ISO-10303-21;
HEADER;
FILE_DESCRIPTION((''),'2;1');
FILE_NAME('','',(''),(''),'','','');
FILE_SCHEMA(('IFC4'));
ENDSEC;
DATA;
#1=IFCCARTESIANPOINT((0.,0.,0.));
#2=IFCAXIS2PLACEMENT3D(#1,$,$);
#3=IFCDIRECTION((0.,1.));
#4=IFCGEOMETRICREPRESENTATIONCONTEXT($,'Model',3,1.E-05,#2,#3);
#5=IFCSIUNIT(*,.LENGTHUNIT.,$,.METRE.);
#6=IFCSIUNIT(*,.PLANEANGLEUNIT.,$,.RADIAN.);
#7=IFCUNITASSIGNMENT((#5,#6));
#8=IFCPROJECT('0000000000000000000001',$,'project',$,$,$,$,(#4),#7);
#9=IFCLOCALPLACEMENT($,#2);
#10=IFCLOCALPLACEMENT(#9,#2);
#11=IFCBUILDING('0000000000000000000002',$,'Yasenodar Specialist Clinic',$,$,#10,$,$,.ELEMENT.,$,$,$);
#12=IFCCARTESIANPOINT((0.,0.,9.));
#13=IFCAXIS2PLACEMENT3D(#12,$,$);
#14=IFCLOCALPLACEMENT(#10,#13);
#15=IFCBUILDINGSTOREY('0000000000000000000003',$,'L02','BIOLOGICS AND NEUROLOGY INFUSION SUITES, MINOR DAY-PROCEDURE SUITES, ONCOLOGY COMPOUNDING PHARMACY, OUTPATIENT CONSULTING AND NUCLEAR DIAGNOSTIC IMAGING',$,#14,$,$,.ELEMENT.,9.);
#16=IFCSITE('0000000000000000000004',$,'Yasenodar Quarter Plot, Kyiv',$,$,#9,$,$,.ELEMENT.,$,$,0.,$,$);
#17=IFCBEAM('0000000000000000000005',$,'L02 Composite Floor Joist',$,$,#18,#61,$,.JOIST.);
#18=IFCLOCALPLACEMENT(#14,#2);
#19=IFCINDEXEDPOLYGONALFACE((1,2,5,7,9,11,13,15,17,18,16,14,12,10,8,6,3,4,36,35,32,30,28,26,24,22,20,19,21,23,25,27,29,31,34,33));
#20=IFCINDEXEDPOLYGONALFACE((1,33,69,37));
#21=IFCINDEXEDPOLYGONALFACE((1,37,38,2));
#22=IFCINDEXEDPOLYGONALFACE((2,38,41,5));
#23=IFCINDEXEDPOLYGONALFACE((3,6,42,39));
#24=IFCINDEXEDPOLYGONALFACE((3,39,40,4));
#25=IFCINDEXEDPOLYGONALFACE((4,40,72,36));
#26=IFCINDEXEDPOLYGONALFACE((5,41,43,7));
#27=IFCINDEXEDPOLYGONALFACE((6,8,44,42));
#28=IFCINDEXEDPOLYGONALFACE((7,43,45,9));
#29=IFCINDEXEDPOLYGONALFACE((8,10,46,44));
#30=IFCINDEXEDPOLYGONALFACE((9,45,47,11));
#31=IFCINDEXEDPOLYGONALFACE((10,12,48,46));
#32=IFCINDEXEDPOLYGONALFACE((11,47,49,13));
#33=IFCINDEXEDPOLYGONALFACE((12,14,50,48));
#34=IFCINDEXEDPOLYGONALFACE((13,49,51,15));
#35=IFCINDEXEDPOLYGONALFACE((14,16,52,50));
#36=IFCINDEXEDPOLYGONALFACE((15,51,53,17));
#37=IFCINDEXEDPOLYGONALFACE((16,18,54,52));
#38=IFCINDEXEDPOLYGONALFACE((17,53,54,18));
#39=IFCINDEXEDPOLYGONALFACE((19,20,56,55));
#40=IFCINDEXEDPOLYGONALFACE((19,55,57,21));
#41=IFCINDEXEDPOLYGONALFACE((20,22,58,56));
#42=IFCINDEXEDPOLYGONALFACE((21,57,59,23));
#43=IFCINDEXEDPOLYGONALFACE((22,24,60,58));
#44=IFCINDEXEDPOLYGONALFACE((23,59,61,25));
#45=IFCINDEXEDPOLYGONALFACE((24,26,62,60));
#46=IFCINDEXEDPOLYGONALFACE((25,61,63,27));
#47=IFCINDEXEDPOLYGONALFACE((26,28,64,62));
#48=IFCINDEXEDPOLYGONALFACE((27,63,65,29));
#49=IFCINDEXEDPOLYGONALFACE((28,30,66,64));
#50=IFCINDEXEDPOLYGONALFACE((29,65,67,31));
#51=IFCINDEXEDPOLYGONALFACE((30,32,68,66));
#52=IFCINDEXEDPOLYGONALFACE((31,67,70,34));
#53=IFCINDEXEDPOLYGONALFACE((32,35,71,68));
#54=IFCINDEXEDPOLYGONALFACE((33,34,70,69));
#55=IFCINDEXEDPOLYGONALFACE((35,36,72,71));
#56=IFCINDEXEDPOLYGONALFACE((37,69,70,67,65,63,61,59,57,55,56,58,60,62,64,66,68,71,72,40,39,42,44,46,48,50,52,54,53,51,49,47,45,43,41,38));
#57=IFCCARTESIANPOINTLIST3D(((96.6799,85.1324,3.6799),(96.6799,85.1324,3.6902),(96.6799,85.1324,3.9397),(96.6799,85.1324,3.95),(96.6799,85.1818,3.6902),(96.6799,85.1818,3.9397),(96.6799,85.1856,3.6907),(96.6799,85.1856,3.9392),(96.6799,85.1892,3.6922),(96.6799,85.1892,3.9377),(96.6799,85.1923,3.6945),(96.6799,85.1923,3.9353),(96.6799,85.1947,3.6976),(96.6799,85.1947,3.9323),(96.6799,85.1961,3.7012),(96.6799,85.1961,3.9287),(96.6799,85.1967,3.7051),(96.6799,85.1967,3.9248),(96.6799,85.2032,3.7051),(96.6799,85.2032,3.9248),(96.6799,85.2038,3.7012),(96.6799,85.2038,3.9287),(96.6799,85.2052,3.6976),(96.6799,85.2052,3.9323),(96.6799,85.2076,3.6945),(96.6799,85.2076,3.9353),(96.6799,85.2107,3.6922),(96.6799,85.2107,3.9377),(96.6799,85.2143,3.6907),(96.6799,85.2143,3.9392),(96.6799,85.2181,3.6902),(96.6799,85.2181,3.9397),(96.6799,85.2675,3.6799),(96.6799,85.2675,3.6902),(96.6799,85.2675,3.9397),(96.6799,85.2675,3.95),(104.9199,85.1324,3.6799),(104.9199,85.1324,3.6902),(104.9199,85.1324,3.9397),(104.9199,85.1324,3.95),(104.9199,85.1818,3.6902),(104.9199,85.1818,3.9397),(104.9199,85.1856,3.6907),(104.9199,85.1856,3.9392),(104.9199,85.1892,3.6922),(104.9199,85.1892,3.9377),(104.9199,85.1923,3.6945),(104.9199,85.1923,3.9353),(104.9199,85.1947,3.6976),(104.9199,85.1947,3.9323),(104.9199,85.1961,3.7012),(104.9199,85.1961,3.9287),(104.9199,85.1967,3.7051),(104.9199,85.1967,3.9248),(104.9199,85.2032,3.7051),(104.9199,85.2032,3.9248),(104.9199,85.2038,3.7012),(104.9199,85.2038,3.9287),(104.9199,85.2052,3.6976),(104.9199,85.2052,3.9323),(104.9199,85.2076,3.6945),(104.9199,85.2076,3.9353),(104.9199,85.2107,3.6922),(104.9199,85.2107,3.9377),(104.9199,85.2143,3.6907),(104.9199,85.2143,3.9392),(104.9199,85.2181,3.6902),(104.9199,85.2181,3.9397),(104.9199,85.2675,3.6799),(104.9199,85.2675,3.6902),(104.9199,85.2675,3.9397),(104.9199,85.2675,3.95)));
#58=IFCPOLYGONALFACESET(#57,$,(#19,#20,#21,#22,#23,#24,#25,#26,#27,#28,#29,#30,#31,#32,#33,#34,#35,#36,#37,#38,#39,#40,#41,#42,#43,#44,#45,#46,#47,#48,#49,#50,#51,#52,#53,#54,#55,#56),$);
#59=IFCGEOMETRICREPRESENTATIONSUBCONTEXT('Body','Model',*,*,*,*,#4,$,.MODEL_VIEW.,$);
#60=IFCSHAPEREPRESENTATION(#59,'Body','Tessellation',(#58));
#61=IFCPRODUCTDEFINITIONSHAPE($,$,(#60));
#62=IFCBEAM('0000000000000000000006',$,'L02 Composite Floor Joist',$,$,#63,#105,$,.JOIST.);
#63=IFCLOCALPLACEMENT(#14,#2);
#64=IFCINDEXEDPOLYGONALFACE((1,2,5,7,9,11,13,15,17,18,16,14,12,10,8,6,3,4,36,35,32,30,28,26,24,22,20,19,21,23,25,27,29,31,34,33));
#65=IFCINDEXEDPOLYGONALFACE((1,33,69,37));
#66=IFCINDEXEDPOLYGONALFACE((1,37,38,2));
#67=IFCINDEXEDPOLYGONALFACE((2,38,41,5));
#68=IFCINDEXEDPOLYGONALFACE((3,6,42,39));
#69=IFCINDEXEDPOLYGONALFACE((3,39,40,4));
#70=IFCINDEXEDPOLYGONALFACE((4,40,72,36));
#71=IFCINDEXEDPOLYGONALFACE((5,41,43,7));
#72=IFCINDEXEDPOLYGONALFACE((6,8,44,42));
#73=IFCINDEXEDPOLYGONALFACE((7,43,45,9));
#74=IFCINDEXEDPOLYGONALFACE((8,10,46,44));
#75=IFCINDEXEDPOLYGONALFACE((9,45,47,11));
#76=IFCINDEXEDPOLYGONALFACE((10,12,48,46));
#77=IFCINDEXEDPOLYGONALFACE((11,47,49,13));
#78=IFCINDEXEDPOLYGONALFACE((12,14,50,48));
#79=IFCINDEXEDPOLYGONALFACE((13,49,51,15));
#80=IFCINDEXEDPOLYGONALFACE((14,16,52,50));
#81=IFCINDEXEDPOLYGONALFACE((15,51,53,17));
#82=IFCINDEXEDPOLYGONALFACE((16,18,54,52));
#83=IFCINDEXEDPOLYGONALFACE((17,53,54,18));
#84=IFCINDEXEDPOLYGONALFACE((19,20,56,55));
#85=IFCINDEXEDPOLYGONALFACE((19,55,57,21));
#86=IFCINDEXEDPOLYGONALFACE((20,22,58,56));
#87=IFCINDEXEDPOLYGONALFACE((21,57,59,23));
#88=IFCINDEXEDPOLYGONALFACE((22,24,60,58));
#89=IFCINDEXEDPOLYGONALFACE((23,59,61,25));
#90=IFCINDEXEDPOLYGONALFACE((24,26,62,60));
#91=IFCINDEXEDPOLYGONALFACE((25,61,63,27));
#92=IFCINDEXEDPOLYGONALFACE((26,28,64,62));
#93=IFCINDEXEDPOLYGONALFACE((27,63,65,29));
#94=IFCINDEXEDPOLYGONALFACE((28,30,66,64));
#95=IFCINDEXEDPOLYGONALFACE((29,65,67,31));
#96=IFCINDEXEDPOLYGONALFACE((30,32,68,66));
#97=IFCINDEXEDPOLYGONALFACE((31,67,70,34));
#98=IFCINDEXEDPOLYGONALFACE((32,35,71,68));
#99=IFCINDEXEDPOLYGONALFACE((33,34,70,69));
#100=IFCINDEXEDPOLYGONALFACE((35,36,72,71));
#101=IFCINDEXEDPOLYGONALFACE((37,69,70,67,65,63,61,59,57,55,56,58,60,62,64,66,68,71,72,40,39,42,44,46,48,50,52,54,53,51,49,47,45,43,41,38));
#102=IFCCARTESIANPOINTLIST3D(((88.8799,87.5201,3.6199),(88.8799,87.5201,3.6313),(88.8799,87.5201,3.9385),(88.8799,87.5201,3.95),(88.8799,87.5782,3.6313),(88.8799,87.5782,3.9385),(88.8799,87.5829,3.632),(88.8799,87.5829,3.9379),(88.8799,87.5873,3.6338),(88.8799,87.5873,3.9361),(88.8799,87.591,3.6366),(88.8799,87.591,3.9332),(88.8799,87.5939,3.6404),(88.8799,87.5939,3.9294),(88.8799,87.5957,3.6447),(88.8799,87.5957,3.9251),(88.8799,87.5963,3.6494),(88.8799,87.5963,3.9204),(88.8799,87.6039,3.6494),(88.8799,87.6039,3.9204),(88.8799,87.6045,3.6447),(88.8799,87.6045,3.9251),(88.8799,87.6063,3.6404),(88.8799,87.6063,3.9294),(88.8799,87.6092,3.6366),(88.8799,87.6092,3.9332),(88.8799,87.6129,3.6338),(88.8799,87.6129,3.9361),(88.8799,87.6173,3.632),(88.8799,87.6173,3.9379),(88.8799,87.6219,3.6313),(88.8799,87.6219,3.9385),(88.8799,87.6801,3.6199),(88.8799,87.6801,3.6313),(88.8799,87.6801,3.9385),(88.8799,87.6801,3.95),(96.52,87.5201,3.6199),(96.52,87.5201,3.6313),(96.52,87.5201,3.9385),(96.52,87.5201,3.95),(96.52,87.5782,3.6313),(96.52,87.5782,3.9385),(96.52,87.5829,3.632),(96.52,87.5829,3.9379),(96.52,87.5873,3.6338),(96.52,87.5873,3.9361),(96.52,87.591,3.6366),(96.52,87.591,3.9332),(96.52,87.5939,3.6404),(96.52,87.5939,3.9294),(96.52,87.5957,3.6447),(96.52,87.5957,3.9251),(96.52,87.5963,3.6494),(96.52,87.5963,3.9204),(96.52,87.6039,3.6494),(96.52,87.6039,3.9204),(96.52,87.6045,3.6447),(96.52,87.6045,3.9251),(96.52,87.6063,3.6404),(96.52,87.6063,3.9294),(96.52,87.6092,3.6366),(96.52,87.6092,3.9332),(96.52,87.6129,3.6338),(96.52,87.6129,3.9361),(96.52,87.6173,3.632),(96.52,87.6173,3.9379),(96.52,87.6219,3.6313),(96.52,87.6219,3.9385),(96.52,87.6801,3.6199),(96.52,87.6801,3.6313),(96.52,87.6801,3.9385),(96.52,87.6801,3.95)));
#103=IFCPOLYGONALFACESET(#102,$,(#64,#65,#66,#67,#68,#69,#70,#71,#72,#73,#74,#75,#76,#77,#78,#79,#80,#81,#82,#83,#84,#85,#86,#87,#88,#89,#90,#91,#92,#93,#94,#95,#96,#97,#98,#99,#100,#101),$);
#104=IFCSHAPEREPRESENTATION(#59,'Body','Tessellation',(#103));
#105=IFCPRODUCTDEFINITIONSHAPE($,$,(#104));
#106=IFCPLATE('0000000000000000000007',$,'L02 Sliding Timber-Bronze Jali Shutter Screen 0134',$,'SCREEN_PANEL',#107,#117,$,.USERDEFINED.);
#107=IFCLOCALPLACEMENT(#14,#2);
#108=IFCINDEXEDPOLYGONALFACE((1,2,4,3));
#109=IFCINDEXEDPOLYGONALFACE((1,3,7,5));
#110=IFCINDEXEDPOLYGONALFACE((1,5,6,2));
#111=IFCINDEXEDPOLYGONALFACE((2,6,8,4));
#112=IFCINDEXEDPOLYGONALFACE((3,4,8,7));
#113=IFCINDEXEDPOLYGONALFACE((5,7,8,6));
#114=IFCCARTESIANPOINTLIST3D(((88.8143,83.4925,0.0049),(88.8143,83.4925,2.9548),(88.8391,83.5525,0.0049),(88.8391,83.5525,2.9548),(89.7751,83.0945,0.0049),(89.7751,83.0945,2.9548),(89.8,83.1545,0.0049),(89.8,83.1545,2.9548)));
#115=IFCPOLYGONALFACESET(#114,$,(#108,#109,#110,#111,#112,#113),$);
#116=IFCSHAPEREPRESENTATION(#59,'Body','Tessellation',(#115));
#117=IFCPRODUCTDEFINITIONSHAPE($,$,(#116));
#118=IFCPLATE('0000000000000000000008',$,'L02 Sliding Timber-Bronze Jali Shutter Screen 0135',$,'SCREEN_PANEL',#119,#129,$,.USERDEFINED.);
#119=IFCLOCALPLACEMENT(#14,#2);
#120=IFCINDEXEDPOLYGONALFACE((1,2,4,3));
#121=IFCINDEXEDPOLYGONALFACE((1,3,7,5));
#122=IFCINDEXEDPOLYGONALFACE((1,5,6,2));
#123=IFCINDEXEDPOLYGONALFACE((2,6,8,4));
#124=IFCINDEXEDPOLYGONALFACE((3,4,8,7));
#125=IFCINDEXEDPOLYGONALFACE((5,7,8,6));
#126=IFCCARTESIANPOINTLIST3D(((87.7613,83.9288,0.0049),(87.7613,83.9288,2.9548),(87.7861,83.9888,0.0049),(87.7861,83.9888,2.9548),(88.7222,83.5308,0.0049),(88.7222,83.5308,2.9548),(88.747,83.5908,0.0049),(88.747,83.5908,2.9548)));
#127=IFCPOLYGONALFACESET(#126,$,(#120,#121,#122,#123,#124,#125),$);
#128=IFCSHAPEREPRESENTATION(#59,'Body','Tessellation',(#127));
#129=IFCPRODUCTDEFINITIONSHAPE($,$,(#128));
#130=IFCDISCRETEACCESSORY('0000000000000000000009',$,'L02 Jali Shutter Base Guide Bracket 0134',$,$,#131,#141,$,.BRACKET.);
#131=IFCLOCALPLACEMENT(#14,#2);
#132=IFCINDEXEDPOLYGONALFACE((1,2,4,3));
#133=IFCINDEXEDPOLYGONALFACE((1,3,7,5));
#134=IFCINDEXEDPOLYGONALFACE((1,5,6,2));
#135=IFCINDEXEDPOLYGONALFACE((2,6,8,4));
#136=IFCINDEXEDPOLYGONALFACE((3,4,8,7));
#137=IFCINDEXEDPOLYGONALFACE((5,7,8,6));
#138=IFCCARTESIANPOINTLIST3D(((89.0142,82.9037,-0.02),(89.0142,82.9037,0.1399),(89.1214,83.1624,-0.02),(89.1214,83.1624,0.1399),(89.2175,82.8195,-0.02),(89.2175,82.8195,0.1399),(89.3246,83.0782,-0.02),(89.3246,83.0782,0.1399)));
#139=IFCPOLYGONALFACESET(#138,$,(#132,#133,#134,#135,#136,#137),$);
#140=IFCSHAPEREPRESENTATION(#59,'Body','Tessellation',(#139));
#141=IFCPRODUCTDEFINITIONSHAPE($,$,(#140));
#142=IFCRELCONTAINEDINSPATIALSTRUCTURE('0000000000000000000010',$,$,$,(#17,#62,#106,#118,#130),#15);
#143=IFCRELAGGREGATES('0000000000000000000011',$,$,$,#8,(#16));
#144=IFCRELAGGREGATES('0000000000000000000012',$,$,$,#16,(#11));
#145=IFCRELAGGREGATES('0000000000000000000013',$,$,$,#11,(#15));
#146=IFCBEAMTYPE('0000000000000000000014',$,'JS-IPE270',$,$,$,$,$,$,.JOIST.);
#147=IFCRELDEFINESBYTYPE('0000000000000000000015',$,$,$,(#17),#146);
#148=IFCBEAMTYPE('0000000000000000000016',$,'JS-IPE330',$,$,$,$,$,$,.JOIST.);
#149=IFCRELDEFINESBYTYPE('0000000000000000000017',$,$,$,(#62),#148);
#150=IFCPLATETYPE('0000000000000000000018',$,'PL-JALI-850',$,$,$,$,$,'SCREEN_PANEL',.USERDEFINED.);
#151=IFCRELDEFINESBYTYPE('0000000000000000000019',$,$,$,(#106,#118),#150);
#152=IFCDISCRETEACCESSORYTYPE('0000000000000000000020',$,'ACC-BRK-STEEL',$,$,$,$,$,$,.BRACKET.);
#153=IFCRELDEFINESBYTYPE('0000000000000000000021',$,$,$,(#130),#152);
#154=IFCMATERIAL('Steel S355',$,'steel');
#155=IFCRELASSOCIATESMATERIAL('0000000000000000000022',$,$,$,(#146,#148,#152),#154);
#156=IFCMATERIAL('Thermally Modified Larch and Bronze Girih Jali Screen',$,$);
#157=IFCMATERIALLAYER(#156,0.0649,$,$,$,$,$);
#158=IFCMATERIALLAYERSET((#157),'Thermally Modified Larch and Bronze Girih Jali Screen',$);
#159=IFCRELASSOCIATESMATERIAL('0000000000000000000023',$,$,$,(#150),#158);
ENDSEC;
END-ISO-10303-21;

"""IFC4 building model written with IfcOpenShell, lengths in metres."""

from ifc_helpers import new_model, si_unit, direction, frame, origin, origin_2d, place, context, subcontext, project, spatial, rectangle, i_section, extrude, material, layer, layer_set, material_profile, profile_set, type_object, element, save


model = new_model("IFC4")

# Units and contexts
model_context = context("Model", 3, precision=1e-05, world=origin(), true_north=direction((0.0, 1.0)))
body_context = subcontext(model_context, "Body", "Model", "MODEL_VIEW")
ifc_project = project(units=[si_unit("LENGTHUNIT", "METRE"), si_unit("PLANEANGLEUNIT", "RADIAN")], contexts=[model_context])

# Site, building, storey
site_placement = place(None, origin())
site = spatial("IfcSite", under=ifc_project, at=site_placement, Name="Yasenodar Quarter Plot, Kyiv", CompositionType="ELEMENT", RefElevation=0.0)
building_placement = place(site_placement, origin())
building = spatial("IfcBuilding", under=site, at=building_placement, Name="Yasenodar Specialist Clinic", CompositionType="ELEMENT")
storey_placement = place(building_placement, frame((0.0, 0.0, 9.0)))
storey = spatial("IfcBuildingStorey", under=building, at=storey_placement, Name="L02", Description="BIOLOGICS AND NEUROLOGY INFUSION SUITES, MINOR DAY-PROCEDURE SUITES, ONCOLOGY COMPOUNDING PHARMACY, OUTPATIENT CONSULTING AND NUCLEAR DIAGNOSTIC IMAGING", CompositionType="ELEMENT", Elevation=9.0)

# Shared definitions
ifc_material_1 = material(Name="Steel S355", Category="steel")

# Beams
ifc_material_profile_1 = material_profile(ifc_material_1, i_section(OverallWidth=0.135, OverallDepth=0.27, WebThickness=0.0066, FlangeThickness=0.0103, FilletRadius=0.0149, at=origin_2d()), Name="IPE 270")
ifc_profile_set_1 = profile_set([ifc_material_profile_1], Name="Steel S355")
beam_type_1 = type_object("IfcBeamType", Name="JS-IPE270", PredefinedType="JOIST", material=ifc_profile_set_1)
beam_1_placement = place(storey_placement, frame((96.6799, 85.2, 3.8149), z_axis=(1.0, 0.0, 0.0), x_axis=(0.0, 1.0, 0.0)))
element("IfcBeam", 1, at=beam_1_placement, inside=storey, type_object=beam_type_1, Name="L02 Composite Floor Joist", PredefinedType="JOIST", context=body_context, shape_type="SweptSolid", body=[
    extrude(i_section(OverallWidth=0.135, OverallDepth=0.27, WebThickness=0.0066, FlangeThickness=0.0103, FilletRadius=0.0149, at=origin_2d()), origin(), (0.0, 0.0, 1.0), 8.24),
])
ifc_material_profile_2 = material_profile(ifc_material_1, i_section(OverallWidth=0.1599, OverallDepth=0.3301, WebThickness=0.0076, FlangeThickness=0.0115, FilletRadius=0.0181, at=origin_2d()), Name="IPE 330")
ifc_profile_set_2 = profile_set([ifc_material_profile_2], Name="Steel S355")
beam_type_2 = type_object("IfcBeamType", Name="JS-IPE330", PredefinedType="JOIST", material=ifc_profile_set_2)
beam_2_placement = place(storey_placement, frame((88.8799, 87.6001, 3.7849), z_axis=(1.0, 0.0, 0.0), x_axis=(0.0, 1.0, 0.0)))
element("IfcBeam", 2, at=beam_2_placement, inside=storey, type_object=beam_type_2, Name="L02 Composite Floor Joist", PredefinedType="JOIST", context=body_context, shape_type="SweptSolid", body=[
    extrude(i_section(OverallWidth=0.1599, OverallDepth=0.3301, WebThickness=0.0076, FlangeThickness=0.0115, FilletRadius=0.0181, at=origin_2d()), origin(), (0.0, 0.0, 1.0), 7.6401),
])

# Plates
ifc_material_2 = material(Name="Thermally Modified Larch and Bronze Girih Jali Screen")
ifc_layer_1 = layer(ifc_material_2, 0.0649)
ifc_layer_set_1 = layer_set([ifc_layer_1], Name="Thermally Modified Larch and Bronze Girih Jali Screen")
plate_type = type_object("IfcPlateType", Name="PL-JALI-850", ElementType="SCREEN_PANEL", PredefinedType="USERDEFINED", material=ifc_layer_set_1)
for number, where, z_axis, x_axis, name in (
    (3, (89.3071, 83.3235, 0.0049), (0.0, 0.0, 1.0), (-0.923878, 0.382687, 0.0), "L02 Sliding Timber-Bronze Jali Shutter Screen 0134"),
    (4, (88.2542, 83.7598, 0.0049), (0.0, 0.0, 1.0), (-0.923878, 0.382687, 0.0), "L02 Sliding Timber-Bronze Jali Shutter Screen 0135"),
):
    element("IfcPlate", number, at=place(storey_placement, frame(where, z_axis=z_axis, x_axis=x_axis)), inside=storey, type_object=plate_type, Name=name, ObjectType="SCREEN_PANEL", PredefinedType="USERDEFINED", context=body_context, shape_type="SweptSolid", body=[
        extrude(rectangle(XDim=1.04, YDim=0.0649, at=origin_2d()), origin(), (0.0, 0.0, 1.0), 2.95),
    ])

# Discrete accessory
discrete_accessory_type = type_object("IfcDiscreteAccessoryType", Name="ACC-BRK-STEEL", PredefinedType="BRACKET", material=ifc_material_1)
discrete_accessory_placement = place(storey_placement, frame((89.1694, 82.991, -0.02), z_axis=(0.0, 0.0, 1.0), x_axis=(-0.923878, 0.382687, 0.0)))
element("IfcDiscreteAccessory", 5, at=discrete_accessory_placement, inside=storey, type_object=discrete_accessory_type, Name="L02 Jali Shutter Base Guide Bracket 0134", PredefinedType="BRACKET", context=body_context, shape_type="SweptSolid", body=[
    extrude(rectangle(XDim=0.22, YDim=0.28, at=origin_2d()), origin(), (0.0, 0.0, 1.0), 0.1599),
])

save(model, "model.ifc")
